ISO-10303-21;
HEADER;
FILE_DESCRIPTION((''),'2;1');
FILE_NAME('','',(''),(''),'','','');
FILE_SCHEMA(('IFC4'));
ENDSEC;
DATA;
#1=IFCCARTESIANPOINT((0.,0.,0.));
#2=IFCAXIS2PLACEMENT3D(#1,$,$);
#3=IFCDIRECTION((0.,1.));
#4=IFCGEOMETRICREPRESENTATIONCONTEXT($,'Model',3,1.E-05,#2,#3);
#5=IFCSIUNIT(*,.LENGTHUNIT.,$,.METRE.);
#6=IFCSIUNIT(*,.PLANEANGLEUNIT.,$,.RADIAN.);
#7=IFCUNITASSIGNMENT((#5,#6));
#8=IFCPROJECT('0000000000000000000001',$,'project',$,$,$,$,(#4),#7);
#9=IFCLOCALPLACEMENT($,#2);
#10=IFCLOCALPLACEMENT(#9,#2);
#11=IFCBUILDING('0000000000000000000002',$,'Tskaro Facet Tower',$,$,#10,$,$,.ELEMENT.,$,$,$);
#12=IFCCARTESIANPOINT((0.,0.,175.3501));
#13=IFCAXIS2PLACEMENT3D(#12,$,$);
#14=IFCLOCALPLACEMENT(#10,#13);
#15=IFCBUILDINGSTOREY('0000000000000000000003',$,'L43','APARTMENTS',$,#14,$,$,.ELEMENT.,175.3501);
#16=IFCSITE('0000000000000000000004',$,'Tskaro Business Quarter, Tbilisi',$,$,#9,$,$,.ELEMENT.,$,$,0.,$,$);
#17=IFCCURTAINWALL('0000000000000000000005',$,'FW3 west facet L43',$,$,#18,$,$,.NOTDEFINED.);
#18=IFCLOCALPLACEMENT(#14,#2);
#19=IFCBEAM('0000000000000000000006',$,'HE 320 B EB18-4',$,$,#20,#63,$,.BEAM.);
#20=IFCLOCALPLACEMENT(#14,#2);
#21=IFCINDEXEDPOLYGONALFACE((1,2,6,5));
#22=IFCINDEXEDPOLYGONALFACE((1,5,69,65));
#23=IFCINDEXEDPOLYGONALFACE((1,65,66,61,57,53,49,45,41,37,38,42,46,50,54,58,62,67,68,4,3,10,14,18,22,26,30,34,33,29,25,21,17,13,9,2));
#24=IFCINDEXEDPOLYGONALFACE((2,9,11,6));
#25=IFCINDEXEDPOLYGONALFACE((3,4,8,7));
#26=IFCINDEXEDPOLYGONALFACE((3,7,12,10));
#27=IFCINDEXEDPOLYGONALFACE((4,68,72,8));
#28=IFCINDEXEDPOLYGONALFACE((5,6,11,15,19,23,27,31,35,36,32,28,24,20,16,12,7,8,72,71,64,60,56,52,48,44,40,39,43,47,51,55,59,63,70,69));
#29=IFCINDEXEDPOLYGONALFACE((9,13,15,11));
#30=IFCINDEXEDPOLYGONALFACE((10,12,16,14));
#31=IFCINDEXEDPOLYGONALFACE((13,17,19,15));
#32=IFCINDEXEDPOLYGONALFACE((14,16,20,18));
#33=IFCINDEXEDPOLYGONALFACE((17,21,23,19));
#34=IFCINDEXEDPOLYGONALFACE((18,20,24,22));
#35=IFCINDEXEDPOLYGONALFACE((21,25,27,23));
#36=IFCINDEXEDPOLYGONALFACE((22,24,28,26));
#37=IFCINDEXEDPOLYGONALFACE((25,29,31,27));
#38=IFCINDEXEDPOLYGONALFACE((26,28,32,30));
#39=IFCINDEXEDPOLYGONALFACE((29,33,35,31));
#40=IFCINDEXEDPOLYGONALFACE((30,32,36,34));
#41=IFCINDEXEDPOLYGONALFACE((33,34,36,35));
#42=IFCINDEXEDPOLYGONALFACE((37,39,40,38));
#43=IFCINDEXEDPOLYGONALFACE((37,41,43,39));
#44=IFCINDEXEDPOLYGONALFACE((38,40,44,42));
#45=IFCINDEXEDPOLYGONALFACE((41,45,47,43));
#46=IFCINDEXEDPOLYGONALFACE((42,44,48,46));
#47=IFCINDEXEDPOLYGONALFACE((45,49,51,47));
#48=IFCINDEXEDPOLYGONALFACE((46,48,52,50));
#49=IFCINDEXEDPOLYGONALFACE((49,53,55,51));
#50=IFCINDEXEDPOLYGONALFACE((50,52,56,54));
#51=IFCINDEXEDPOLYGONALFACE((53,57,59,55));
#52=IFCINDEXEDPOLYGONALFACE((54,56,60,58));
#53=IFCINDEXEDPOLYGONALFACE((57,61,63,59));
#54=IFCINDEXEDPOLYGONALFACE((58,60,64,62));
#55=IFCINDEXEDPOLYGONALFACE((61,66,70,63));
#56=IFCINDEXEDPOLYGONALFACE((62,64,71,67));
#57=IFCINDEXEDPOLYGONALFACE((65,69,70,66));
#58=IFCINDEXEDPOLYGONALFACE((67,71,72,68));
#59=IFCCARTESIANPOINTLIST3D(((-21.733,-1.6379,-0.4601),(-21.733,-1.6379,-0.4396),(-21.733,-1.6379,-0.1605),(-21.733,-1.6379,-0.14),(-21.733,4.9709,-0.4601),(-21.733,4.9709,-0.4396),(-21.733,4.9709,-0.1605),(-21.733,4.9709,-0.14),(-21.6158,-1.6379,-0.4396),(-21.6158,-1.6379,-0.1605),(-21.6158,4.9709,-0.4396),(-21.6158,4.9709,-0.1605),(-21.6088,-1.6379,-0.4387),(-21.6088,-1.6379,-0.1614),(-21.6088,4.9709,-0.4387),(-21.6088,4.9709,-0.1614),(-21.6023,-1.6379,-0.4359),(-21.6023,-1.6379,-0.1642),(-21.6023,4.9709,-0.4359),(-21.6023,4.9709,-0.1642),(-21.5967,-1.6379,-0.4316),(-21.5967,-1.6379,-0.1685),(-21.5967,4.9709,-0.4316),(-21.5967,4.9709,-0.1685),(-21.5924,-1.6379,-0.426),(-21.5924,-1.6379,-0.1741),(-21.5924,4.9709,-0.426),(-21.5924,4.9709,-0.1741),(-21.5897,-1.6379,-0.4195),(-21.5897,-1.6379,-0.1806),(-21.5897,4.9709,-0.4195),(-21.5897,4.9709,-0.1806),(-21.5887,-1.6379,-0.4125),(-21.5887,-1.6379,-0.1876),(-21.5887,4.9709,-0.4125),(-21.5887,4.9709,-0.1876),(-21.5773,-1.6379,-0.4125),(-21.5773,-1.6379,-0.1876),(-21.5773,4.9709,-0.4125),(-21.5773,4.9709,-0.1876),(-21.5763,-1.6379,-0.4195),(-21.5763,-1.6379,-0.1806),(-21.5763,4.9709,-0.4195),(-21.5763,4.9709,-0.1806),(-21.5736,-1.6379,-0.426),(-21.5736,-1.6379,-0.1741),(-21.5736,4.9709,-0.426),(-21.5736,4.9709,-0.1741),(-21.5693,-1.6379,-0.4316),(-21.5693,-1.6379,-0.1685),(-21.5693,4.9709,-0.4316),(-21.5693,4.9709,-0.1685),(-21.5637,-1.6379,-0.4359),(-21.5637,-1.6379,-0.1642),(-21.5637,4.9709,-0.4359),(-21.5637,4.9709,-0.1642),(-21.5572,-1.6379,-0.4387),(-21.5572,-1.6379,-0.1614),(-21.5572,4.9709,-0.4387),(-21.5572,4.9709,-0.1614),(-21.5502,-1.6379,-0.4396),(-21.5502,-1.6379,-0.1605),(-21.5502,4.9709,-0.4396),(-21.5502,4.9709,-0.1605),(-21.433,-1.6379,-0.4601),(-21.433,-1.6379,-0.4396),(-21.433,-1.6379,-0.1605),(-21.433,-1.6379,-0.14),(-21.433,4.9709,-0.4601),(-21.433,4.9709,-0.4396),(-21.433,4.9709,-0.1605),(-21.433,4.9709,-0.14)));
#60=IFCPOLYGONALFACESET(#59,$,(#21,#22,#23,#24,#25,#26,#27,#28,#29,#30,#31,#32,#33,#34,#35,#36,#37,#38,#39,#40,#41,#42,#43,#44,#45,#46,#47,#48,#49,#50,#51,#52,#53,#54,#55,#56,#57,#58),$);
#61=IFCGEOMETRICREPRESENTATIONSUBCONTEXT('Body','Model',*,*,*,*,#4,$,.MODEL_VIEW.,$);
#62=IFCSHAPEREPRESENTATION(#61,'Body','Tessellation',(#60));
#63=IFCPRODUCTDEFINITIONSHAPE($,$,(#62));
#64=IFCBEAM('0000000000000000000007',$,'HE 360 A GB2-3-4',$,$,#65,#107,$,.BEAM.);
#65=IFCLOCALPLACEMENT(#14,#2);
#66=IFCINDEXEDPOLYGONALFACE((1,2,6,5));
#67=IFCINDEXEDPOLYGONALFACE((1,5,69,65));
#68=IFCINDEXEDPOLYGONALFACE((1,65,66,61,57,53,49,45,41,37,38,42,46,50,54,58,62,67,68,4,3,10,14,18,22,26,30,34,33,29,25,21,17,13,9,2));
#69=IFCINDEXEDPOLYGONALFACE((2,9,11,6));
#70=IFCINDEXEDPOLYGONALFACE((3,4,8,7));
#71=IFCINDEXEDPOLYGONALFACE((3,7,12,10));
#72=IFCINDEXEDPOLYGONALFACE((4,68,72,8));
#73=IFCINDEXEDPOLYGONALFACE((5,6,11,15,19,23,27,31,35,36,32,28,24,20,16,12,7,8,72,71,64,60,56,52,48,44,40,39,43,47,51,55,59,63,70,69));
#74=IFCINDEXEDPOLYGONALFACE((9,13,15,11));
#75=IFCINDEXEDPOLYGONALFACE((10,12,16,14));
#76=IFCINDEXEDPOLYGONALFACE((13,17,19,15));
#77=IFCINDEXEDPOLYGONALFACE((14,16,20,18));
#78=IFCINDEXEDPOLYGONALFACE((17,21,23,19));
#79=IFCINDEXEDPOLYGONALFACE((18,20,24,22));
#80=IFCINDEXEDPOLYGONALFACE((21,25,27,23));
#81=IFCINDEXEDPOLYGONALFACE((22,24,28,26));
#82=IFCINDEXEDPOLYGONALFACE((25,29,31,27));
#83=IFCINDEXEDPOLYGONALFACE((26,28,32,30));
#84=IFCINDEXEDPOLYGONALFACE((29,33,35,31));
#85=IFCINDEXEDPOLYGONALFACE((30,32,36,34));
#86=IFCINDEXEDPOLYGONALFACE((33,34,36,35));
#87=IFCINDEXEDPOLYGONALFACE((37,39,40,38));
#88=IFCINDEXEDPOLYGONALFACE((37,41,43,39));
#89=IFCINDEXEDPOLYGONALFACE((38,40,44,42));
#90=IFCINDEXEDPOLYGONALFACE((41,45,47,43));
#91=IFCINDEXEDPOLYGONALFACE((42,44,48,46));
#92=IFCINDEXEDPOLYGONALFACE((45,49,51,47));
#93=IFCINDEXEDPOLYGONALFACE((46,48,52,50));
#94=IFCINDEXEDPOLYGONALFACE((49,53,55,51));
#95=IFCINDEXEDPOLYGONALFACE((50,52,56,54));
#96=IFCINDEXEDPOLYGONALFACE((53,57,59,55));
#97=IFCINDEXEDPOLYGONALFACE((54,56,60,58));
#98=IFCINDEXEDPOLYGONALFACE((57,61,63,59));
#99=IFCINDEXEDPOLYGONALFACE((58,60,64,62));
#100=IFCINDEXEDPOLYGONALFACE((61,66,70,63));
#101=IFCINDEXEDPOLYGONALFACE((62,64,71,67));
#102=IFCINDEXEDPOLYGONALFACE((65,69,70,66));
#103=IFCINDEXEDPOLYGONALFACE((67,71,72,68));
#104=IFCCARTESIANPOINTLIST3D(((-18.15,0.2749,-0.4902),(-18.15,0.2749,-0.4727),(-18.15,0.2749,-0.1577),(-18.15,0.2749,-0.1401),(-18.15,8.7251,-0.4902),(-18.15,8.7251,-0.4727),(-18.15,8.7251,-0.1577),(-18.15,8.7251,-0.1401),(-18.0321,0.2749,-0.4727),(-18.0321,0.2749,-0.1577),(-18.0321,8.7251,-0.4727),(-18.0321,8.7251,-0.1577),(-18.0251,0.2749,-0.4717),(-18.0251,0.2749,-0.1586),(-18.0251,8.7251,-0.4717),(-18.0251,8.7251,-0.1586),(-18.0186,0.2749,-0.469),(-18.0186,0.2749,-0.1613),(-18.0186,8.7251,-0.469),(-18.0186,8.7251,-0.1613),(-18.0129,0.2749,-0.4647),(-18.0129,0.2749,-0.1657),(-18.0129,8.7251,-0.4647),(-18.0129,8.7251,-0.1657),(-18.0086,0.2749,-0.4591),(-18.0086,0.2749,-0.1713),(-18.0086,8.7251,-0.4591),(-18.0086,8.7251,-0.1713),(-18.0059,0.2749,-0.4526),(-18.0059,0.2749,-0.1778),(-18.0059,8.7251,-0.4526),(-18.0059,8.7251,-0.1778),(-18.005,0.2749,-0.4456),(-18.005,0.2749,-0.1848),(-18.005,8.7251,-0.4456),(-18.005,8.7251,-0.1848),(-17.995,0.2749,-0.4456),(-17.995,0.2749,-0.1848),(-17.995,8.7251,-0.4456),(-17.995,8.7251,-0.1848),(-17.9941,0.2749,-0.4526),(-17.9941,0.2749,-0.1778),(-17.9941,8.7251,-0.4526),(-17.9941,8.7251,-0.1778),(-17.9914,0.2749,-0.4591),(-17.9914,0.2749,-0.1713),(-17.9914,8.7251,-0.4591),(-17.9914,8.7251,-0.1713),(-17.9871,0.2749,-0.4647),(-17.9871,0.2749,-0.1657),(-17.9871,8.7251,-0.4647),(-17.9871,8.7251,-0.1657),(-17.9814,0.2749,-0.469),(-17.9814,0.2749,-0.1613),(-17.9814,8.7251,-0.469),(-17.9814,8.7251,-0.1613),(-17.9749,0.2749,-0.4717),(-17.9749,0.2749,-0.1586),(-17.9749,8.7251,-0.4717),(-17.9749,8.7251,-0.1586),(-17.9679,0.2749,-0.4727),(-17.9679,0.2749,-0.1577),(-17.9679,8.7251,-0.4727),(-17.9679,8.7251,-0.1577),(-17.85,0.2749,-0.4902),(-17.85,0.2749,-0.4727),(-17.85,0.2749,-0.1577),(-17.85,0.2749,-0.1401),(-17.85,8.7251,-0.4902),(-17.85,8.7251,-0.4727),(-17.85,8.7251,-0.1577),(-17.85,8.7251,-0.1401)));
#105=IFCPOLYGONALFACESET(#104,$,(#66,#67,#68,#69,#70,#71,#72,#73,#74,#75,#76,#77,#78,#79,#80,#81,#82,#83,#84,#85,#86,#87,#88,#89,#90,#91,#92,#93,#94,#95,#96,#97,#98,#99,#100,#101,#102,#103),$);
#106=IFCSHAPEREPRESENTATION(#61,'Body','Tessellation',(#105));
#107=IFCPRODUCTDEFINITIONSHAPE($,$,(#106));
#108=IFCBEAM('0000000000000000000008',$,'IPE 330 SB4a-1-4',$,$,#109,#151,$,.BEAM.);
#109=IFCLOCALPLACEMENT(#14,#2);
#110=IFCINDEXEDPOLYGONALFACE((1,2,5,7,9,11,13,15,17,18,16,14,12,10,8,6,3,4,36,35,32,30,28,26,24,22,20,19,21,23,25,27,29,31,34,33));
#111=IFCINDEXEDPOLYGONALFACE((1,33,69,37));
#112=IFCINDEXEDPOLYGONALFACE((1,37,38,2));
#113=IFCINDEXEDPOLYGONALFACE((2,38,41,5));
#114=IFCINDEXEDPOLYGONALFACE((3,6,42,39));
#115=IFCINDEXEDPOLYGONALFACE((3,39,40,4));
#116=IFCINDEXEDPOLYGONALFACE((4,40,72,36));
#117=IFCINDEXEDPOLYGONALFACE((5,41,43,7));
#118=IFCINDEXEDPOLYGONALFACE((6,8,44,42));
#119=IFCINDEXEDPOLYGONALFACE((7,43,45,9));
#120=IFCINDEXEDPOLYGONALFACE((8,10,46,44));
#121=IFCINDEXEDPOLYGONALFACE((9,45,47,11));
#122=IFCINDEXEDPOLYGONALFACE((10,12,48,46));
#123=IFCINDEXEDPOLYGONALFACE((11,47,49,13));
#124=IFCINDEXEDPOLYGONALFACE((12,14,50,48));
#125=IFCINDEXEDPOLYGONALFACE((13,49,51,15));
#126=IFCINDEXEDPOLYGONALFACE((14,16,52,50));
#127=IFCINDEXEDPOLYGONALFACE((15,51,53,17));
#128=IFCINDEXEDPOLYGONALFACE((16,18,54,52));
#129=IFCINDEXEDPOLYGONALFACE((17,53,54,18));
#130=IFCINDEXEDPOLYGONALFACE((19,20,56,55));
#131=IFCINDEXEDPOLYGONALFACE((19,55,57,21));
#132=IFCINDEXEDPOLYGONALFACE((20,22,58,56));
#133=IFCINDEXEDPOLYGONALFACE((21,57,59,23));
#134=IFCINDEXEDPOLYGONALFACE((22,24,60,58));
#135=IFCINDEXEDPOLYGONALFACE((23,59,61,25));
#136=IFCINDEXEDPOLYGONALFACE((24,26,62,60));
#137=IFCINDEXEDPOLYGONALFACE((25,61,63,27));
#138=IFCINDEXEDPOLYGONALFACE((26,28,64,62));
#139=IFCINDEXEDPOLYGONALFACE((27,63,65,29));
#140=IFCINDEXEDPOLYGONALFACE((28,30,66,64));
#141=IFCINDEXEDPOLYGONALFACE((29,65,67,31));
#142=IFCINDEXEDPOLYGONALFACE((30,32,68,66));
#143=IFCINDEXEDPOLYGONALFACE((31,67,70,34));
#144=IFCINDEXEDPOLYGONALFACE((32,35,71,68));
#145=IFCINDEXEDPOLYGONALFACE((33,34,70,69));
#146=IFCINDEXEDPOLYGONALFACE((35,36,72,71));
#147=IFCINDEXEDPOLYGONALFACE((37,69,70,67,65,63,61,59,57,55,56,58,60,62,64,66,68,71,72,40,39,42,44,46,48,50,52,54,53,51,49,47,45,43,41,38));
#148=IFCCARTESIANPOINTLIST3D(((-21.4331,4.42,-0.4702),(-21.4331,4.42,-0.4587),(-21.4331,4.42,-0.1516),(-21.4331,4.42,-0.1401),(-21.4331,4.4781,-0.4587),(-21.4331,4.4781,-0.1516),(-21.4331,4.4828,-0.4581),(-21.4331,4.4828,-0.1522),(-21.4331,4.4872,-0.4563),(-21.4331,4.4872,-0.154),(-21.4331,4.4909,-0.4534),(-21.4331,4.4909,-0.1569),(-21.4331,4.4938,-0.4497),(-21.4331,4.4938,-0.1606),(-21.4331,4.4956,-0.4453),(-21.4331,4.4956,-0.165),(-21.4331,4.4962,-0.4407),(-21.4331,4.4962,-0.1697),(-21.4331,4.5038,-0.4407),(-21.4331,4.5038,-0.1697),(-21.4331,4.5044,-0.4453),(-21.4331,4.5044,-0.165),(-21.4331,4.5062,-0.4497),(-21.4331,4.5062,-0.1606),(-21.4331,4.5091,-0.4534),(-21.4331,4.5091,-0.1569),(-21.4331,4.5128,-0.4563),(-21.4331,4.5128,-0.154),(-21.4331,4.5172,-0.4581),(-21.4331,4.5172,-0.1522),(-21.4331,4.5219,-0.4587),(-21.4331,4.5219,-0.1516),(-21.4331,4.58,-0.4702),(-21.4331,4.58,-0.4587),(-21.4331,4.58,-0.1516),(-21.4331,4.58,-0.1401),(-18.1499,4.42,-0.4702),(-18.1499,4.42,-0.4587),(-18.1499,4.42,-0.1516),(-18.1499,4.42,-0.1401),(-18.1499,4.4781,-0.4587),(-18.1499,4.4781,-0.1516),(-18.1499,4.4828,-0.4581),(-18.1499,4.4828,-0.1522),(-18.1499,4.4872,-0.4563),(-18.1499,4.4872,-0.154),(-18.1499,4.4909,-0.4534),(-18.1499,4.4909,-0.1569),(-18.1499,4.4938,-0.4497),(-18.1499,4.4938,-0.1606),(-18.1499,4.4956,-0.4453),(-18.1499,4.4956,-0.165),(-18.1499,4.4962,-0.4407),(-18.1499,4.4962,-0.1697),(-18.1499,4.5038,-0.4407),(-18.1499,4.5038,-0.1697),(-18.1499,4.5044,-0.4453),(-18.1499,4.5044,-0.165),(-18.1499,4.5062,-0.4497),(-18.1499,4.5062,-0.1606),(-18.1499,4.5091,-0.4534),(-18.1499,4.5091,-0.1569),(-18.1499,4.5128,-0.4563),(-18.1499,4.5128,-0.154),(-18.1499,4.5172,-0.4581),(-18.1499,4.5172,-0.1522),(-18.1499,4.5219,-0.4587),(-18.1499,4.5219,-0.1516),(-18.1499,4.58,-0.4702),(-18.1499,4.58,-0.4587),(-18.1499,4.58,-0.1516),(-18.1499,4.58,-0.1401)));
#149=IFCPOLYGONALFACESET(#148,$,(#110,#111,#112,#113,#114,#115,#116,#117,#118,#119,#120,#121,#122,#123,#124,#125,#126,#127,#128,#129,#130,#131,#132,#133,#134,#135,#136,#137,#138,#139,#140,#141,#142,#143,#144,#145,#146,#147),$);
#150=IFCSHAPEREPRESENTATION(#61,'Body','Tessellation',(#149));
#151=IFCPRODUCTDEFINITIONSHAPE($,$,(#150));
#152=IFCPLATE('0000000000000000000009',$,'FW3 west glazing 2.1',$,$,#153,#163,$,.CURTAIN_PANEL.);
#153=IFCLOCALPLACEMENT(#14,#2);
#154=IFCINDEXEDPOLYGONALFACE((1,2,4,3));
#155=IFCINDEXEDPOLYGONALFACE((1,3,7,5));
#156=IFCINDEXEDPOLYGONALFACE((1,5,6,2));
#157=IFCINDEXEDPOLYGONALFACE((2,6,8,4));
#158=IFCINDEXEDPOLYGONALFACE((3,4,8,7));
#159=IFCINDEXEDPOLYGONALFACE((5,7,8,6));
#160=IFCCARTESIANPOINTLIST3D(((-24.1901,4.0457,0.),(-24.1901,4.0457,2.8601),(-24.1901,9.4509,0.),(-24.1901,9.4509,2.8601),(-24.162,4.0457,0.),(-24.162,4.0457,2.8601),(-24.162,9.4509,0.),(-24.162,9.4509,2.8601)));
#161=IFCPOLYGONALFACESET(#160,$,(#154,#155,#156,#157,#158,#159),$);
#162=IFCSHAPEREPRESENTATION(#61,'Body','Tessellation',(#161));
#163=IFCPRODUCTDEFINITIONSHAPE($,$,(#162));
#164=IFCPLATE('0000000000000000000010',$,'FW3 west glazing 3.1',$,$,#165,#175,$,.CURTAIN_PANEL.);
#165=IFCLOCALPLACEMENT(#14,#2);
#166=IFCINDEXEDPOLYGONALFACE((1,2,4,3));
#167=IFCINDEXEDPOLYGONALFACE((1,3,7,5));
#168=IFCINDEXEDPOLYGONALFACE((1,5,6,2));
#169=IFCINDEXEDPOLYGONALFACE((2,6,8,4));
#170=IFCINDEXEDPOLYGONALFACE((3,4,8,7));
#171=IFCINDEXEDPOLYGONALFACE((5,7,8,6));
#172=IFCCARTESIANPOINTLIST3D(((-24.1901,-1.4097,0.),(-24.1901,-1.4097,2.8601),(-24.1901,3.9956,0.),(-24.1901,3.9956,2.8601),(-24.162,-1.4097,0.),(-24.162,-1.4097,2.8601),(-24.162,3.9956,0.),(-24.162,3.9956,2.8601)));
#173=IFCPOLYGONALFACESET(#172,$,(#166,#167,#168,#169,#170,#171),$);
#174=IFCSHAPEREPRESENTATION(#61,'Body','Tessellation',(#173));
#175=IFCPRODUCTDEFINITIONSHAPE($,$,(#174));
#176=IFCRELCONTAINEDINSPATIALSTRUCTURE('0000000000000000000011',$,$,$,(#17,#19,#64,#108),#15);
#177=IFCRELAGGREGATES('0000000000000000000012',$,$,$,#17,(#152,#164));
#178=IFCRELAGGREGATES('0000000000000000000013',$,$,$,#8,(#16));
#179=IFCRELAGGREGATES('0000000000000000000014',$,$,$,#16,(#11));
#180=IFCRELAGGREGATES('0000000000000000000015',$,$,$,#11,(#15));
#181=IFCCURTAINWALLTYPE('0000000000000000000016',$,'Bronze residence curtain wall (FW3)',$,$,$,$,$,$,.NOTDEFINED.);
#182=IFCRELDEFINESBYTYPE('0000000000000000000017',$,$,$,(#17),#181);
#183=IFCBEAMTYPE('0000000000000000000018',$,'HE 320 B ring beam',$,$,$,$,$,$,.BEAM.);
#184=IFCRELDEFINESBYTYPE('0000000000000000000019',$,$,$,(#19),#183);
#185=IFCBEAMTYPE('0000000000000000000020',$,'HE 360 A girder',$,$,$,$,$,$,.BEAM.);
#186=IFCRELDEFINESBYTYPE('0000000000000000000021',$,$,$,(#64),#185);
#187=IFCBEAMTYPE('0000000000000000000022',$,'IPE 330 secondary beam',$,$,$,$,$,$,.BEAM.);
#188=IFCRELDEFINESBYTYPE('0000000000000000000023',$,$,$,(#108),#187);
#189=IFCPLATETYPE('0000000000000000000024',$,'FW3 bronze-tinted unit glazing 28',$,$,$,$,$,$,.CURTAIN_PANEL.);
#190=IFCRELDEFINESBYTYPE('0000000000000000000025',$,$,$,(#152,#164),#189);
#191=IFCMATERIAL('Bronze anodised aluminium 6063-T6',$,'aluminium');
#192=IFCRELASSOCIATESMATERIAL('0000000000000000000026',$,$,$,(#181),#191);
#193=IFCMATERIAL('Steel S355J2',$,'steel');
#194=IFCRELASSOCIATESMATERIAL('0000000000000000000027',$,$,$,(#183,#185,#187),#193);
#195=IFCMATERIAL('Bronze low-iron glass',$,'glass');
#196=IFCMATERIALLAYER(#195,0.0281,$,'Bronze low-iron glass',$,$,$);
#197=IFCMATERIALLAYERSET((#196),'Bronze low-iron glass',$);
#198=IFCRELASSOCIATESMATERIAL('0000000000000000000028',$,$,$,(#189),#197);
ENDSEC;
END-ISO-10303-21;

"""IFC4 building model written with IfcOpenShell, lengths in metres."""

from ifc_helpers import new_model, si_unit, direction, frame, origin, origin_2d, place, context, subcontext, project, spatial, rectangle, i_section, extrude, material, layer, layer_set, material_profile, profile_set, type_object, element, aggregate, save


model = new_model("IFC4")

# Units and contexts
model_context = context("Model", 3, precision=1e-05, world=origin(), true_north=direction((0.0, 1.0)))
body_context = subcontext(model_context, "Body", "Model", "MODEL_VIEW")
ifc_project = project(units=[si_unit("LENGTHUNIT", "METRE"), si_unit("PLANEANGLEUNIT", "RADIAN")], contexts=[model_context])

# Site, building, storey
site_placement = place(None, origin())
site = spatial("IfcSite", under=ifc_project, at=site_placement, Name="Tskaro Business Quarter, Tbilisi", CompositionType="ELEMENT", RefElevation=0.0)
building_placement = place(site_placement, origin())
building = spatial("IfcBuilding", under=site, at=building_placement, Name="Tskaro Facet Tower", CompositionType="ELEMENT")
storey_placement = place(building_placement, frame((0.0, 0.0, 175.3501)))
storey = spatial("IfcBuildingStorey", under=building, at=storey_placement, Name="L43", Description="APARTMENTS", CompositionType="ELEMENT", Elevation=175.3501)

# Curtain wall
ifc_material_1 = material(Name="Bronze anodised aluminium 6063-T6", Category="aluminium")
curtain_wall_type = type_object("IfcCurtainWallType", Name="Bronze residence curtain wall (FW3)", PredefinedType="NOTDEFINED", material=ifc_material_1)
curtain_wall_placement = place(storey_placement, origin())
curtain_wall = element("IfcCurtainWall", 1, at=curtain_wall_placement, inside=storey, type_object=curtain_wall_type, Name="FW3 west facet L43", PredefinedType="NOTDEFINED")

# Beams
ifc_material_2 = material(Name="Steel S355J2", Category="steel")
ifc_material_profile_1 = material_profile(ifc_material_2, i_section(OverallWidth=0.3, OverallDepth=0.3201, WebThickness=0.0115, FlangeThickness=0.0205, FilletRadius=0.0271, at=origin_2d()), Name="HE 320 B")
ifc_profile_set_1 = profile_set([ifc_material_profile_1], Name="Steel S355J2")
beam_type_1 = type_object("IfcBeamType", Name="HE 320 B ring beam", PredefinedType="BEAM", material=ifc_profile_set_1)
beam_1_placement = place(storey_placement, frame((-21.583, 4.9709, -0.3), z_axis=(0.0, -1.0, 0.0), x_axis=(1.0, 0.0, 0.0)))
element("IfcBeam", 2, at=beam_1_placement, inside=storey, type_object=beam_type_1, Name="HE 320 B EB18-4", PredefinedType="BEAM", context=body_context, shape_type="SweptSolid", body=[
    extrude(i_section(OverallWidth=0.3, OverallDepth=0.3201, WebThickness=0.0115, FlangeThickness=0.0205, FilletRadius=0.0271, at=origin_2d()), origin(), (0.0, 0.0, 1.0), 6.6089),
])
ifc_material_profile_2 = material_profile(ifc_material_2, i_section(OverallWidth=0.3, OverallDepth=0.3501, WebThickness=0.01, FlangeThickness=0.0176, FilletRadius=0.0271, at=origin_2d()), Name="HE 360 A")
ifc_profile_set_2 = profile_set([ifc_material_profile_2], Name="Steel S355J2")
beam_type_2 = type_object("IfcBeamType", Name="HE 360 A girder", PredefinedType="BEAM", material=ifc_profile_set_2)
beam_2_placement = place(storey_placement, frame((-18.0, 0.2749, -0.3152), z_axis=(0.0, 1.0, 0.0), x_axis=(-1.0, 0.0, 0.0)))
element("IfcBeam", 3, at=beam_2_placement, inside=storey, type_object=beam_type_2, Name="HE 360 A GB2-3-4", PredefinedType="BEAM", context=body_context, shape_type="SweptSolid", body=[
    extrude(i_section(OverallWidth=0.3, OverallDepth=0.3501, WebThickness=0.01, FlangeThickness=0.0176, FilletRadius=0.0271, at=origin_2d()), origin(), (0.0, 0.0, 1.0), 8.4502),
])
ifc_material_profile_3 = material_profile(ifc_material_2, i_section(OverallWidth=0.1599, OverallDepth=0.3301, WebThickness=0.0076, FlangeThickness=0.0115, FilletRadius=0.0181, at=origin_2d()), Name="IPE 330")
ifc_profile_set_3 = profile_set([ifc_material_profile_3], Name="Steel S355J2")
beam_type_3 = type_object("IfcBeamType", Name="IPE 330 secondary beam", PredefinedType="BEAM", material=ifc_profile_set_3)
beam_3_placement = place(storey_placement, frame((-21.4331, 4.5, -0.3052), z_axis=(1.0, 0.0, 0.0), x_axis=(0.0, 1.0, 0.0)))
element("IfcBeam", 4, at=beam_3_placement, inside=storey, type_object=beam_type_3, Name="IPE 330 SB4a-1-4", PredefinedType="BEAM", context=body_context, shape_type="SweptSolid", body=[
    extrude(i_section(OverallWidth=0.1599, OverallDepth=0.3301, WebThickness=0.0076, FlangeThickness=0.0115, FilletRadius=0.0181, at=origin_2d()), origin(), (0.0, 0.0, 1.0), 3.2832),
])

# Plates
ifc_material_3 = material(Name="Bronze low-iron glass", Category="glass")
ifc_layer_1 = layer(ifc_material_3, 0.0281, Name="Bronze low-iron glass")
ifc_layer_set_1 = layer_set([ifc_layer_1], Name="Bronze low-iron glass")
plate_type = type_object("IfcPlateType", Name="FW3 bronze-tinted unit glazing 28", PredefinedType="CURTAIN_PANEL", material=ifc_layer_set_1)
plate_1_placement = place(storey_placement, frame((-24.176, 6.7483, 0.0), z_axis=(0.0, 0.0, 1.0), x_axis=(0.0, -1.0, 0.0)))
plate_1 = element("IfcPlate", 5, at=plate_1_placement, type_object=plate_type, Name="FW3 west glazing 2.1", PredefinedType="CURTAIN_PANEL", context=body_context, shape_type="SweptSolid", body=[
    extrude(rectangle(XDim=5.4053, YDim=0.0281, at=origin_2d()), origin(), (0.0, 0.0, 1.0), 2.8601),
])
plate_2_placement = place(storey_placement, frame((-24.176, 1.293, 0.0), z_axis=(0.0, 0.0, 1.0), x_axis=(0.0, -1.0, 0.0)))
plate_2 = element("IfcPlate", 6, at=plate_2_placement, type_object=plate_type, Name="FW3 west glazing 3.1", PredefinedType="CURTAIN_PANEL", context=body_context, shape_type="SweptSolid", body=[
    extrude(rectangle(XDim=5.4053, YDim=0.0281, at=origin_2d()), origin(), (0.0, 0.0, 1.0), 2.8601),
])
aggregate(curtain_wall, [plate_1, plate_2])

save(model, "model.ifc")
